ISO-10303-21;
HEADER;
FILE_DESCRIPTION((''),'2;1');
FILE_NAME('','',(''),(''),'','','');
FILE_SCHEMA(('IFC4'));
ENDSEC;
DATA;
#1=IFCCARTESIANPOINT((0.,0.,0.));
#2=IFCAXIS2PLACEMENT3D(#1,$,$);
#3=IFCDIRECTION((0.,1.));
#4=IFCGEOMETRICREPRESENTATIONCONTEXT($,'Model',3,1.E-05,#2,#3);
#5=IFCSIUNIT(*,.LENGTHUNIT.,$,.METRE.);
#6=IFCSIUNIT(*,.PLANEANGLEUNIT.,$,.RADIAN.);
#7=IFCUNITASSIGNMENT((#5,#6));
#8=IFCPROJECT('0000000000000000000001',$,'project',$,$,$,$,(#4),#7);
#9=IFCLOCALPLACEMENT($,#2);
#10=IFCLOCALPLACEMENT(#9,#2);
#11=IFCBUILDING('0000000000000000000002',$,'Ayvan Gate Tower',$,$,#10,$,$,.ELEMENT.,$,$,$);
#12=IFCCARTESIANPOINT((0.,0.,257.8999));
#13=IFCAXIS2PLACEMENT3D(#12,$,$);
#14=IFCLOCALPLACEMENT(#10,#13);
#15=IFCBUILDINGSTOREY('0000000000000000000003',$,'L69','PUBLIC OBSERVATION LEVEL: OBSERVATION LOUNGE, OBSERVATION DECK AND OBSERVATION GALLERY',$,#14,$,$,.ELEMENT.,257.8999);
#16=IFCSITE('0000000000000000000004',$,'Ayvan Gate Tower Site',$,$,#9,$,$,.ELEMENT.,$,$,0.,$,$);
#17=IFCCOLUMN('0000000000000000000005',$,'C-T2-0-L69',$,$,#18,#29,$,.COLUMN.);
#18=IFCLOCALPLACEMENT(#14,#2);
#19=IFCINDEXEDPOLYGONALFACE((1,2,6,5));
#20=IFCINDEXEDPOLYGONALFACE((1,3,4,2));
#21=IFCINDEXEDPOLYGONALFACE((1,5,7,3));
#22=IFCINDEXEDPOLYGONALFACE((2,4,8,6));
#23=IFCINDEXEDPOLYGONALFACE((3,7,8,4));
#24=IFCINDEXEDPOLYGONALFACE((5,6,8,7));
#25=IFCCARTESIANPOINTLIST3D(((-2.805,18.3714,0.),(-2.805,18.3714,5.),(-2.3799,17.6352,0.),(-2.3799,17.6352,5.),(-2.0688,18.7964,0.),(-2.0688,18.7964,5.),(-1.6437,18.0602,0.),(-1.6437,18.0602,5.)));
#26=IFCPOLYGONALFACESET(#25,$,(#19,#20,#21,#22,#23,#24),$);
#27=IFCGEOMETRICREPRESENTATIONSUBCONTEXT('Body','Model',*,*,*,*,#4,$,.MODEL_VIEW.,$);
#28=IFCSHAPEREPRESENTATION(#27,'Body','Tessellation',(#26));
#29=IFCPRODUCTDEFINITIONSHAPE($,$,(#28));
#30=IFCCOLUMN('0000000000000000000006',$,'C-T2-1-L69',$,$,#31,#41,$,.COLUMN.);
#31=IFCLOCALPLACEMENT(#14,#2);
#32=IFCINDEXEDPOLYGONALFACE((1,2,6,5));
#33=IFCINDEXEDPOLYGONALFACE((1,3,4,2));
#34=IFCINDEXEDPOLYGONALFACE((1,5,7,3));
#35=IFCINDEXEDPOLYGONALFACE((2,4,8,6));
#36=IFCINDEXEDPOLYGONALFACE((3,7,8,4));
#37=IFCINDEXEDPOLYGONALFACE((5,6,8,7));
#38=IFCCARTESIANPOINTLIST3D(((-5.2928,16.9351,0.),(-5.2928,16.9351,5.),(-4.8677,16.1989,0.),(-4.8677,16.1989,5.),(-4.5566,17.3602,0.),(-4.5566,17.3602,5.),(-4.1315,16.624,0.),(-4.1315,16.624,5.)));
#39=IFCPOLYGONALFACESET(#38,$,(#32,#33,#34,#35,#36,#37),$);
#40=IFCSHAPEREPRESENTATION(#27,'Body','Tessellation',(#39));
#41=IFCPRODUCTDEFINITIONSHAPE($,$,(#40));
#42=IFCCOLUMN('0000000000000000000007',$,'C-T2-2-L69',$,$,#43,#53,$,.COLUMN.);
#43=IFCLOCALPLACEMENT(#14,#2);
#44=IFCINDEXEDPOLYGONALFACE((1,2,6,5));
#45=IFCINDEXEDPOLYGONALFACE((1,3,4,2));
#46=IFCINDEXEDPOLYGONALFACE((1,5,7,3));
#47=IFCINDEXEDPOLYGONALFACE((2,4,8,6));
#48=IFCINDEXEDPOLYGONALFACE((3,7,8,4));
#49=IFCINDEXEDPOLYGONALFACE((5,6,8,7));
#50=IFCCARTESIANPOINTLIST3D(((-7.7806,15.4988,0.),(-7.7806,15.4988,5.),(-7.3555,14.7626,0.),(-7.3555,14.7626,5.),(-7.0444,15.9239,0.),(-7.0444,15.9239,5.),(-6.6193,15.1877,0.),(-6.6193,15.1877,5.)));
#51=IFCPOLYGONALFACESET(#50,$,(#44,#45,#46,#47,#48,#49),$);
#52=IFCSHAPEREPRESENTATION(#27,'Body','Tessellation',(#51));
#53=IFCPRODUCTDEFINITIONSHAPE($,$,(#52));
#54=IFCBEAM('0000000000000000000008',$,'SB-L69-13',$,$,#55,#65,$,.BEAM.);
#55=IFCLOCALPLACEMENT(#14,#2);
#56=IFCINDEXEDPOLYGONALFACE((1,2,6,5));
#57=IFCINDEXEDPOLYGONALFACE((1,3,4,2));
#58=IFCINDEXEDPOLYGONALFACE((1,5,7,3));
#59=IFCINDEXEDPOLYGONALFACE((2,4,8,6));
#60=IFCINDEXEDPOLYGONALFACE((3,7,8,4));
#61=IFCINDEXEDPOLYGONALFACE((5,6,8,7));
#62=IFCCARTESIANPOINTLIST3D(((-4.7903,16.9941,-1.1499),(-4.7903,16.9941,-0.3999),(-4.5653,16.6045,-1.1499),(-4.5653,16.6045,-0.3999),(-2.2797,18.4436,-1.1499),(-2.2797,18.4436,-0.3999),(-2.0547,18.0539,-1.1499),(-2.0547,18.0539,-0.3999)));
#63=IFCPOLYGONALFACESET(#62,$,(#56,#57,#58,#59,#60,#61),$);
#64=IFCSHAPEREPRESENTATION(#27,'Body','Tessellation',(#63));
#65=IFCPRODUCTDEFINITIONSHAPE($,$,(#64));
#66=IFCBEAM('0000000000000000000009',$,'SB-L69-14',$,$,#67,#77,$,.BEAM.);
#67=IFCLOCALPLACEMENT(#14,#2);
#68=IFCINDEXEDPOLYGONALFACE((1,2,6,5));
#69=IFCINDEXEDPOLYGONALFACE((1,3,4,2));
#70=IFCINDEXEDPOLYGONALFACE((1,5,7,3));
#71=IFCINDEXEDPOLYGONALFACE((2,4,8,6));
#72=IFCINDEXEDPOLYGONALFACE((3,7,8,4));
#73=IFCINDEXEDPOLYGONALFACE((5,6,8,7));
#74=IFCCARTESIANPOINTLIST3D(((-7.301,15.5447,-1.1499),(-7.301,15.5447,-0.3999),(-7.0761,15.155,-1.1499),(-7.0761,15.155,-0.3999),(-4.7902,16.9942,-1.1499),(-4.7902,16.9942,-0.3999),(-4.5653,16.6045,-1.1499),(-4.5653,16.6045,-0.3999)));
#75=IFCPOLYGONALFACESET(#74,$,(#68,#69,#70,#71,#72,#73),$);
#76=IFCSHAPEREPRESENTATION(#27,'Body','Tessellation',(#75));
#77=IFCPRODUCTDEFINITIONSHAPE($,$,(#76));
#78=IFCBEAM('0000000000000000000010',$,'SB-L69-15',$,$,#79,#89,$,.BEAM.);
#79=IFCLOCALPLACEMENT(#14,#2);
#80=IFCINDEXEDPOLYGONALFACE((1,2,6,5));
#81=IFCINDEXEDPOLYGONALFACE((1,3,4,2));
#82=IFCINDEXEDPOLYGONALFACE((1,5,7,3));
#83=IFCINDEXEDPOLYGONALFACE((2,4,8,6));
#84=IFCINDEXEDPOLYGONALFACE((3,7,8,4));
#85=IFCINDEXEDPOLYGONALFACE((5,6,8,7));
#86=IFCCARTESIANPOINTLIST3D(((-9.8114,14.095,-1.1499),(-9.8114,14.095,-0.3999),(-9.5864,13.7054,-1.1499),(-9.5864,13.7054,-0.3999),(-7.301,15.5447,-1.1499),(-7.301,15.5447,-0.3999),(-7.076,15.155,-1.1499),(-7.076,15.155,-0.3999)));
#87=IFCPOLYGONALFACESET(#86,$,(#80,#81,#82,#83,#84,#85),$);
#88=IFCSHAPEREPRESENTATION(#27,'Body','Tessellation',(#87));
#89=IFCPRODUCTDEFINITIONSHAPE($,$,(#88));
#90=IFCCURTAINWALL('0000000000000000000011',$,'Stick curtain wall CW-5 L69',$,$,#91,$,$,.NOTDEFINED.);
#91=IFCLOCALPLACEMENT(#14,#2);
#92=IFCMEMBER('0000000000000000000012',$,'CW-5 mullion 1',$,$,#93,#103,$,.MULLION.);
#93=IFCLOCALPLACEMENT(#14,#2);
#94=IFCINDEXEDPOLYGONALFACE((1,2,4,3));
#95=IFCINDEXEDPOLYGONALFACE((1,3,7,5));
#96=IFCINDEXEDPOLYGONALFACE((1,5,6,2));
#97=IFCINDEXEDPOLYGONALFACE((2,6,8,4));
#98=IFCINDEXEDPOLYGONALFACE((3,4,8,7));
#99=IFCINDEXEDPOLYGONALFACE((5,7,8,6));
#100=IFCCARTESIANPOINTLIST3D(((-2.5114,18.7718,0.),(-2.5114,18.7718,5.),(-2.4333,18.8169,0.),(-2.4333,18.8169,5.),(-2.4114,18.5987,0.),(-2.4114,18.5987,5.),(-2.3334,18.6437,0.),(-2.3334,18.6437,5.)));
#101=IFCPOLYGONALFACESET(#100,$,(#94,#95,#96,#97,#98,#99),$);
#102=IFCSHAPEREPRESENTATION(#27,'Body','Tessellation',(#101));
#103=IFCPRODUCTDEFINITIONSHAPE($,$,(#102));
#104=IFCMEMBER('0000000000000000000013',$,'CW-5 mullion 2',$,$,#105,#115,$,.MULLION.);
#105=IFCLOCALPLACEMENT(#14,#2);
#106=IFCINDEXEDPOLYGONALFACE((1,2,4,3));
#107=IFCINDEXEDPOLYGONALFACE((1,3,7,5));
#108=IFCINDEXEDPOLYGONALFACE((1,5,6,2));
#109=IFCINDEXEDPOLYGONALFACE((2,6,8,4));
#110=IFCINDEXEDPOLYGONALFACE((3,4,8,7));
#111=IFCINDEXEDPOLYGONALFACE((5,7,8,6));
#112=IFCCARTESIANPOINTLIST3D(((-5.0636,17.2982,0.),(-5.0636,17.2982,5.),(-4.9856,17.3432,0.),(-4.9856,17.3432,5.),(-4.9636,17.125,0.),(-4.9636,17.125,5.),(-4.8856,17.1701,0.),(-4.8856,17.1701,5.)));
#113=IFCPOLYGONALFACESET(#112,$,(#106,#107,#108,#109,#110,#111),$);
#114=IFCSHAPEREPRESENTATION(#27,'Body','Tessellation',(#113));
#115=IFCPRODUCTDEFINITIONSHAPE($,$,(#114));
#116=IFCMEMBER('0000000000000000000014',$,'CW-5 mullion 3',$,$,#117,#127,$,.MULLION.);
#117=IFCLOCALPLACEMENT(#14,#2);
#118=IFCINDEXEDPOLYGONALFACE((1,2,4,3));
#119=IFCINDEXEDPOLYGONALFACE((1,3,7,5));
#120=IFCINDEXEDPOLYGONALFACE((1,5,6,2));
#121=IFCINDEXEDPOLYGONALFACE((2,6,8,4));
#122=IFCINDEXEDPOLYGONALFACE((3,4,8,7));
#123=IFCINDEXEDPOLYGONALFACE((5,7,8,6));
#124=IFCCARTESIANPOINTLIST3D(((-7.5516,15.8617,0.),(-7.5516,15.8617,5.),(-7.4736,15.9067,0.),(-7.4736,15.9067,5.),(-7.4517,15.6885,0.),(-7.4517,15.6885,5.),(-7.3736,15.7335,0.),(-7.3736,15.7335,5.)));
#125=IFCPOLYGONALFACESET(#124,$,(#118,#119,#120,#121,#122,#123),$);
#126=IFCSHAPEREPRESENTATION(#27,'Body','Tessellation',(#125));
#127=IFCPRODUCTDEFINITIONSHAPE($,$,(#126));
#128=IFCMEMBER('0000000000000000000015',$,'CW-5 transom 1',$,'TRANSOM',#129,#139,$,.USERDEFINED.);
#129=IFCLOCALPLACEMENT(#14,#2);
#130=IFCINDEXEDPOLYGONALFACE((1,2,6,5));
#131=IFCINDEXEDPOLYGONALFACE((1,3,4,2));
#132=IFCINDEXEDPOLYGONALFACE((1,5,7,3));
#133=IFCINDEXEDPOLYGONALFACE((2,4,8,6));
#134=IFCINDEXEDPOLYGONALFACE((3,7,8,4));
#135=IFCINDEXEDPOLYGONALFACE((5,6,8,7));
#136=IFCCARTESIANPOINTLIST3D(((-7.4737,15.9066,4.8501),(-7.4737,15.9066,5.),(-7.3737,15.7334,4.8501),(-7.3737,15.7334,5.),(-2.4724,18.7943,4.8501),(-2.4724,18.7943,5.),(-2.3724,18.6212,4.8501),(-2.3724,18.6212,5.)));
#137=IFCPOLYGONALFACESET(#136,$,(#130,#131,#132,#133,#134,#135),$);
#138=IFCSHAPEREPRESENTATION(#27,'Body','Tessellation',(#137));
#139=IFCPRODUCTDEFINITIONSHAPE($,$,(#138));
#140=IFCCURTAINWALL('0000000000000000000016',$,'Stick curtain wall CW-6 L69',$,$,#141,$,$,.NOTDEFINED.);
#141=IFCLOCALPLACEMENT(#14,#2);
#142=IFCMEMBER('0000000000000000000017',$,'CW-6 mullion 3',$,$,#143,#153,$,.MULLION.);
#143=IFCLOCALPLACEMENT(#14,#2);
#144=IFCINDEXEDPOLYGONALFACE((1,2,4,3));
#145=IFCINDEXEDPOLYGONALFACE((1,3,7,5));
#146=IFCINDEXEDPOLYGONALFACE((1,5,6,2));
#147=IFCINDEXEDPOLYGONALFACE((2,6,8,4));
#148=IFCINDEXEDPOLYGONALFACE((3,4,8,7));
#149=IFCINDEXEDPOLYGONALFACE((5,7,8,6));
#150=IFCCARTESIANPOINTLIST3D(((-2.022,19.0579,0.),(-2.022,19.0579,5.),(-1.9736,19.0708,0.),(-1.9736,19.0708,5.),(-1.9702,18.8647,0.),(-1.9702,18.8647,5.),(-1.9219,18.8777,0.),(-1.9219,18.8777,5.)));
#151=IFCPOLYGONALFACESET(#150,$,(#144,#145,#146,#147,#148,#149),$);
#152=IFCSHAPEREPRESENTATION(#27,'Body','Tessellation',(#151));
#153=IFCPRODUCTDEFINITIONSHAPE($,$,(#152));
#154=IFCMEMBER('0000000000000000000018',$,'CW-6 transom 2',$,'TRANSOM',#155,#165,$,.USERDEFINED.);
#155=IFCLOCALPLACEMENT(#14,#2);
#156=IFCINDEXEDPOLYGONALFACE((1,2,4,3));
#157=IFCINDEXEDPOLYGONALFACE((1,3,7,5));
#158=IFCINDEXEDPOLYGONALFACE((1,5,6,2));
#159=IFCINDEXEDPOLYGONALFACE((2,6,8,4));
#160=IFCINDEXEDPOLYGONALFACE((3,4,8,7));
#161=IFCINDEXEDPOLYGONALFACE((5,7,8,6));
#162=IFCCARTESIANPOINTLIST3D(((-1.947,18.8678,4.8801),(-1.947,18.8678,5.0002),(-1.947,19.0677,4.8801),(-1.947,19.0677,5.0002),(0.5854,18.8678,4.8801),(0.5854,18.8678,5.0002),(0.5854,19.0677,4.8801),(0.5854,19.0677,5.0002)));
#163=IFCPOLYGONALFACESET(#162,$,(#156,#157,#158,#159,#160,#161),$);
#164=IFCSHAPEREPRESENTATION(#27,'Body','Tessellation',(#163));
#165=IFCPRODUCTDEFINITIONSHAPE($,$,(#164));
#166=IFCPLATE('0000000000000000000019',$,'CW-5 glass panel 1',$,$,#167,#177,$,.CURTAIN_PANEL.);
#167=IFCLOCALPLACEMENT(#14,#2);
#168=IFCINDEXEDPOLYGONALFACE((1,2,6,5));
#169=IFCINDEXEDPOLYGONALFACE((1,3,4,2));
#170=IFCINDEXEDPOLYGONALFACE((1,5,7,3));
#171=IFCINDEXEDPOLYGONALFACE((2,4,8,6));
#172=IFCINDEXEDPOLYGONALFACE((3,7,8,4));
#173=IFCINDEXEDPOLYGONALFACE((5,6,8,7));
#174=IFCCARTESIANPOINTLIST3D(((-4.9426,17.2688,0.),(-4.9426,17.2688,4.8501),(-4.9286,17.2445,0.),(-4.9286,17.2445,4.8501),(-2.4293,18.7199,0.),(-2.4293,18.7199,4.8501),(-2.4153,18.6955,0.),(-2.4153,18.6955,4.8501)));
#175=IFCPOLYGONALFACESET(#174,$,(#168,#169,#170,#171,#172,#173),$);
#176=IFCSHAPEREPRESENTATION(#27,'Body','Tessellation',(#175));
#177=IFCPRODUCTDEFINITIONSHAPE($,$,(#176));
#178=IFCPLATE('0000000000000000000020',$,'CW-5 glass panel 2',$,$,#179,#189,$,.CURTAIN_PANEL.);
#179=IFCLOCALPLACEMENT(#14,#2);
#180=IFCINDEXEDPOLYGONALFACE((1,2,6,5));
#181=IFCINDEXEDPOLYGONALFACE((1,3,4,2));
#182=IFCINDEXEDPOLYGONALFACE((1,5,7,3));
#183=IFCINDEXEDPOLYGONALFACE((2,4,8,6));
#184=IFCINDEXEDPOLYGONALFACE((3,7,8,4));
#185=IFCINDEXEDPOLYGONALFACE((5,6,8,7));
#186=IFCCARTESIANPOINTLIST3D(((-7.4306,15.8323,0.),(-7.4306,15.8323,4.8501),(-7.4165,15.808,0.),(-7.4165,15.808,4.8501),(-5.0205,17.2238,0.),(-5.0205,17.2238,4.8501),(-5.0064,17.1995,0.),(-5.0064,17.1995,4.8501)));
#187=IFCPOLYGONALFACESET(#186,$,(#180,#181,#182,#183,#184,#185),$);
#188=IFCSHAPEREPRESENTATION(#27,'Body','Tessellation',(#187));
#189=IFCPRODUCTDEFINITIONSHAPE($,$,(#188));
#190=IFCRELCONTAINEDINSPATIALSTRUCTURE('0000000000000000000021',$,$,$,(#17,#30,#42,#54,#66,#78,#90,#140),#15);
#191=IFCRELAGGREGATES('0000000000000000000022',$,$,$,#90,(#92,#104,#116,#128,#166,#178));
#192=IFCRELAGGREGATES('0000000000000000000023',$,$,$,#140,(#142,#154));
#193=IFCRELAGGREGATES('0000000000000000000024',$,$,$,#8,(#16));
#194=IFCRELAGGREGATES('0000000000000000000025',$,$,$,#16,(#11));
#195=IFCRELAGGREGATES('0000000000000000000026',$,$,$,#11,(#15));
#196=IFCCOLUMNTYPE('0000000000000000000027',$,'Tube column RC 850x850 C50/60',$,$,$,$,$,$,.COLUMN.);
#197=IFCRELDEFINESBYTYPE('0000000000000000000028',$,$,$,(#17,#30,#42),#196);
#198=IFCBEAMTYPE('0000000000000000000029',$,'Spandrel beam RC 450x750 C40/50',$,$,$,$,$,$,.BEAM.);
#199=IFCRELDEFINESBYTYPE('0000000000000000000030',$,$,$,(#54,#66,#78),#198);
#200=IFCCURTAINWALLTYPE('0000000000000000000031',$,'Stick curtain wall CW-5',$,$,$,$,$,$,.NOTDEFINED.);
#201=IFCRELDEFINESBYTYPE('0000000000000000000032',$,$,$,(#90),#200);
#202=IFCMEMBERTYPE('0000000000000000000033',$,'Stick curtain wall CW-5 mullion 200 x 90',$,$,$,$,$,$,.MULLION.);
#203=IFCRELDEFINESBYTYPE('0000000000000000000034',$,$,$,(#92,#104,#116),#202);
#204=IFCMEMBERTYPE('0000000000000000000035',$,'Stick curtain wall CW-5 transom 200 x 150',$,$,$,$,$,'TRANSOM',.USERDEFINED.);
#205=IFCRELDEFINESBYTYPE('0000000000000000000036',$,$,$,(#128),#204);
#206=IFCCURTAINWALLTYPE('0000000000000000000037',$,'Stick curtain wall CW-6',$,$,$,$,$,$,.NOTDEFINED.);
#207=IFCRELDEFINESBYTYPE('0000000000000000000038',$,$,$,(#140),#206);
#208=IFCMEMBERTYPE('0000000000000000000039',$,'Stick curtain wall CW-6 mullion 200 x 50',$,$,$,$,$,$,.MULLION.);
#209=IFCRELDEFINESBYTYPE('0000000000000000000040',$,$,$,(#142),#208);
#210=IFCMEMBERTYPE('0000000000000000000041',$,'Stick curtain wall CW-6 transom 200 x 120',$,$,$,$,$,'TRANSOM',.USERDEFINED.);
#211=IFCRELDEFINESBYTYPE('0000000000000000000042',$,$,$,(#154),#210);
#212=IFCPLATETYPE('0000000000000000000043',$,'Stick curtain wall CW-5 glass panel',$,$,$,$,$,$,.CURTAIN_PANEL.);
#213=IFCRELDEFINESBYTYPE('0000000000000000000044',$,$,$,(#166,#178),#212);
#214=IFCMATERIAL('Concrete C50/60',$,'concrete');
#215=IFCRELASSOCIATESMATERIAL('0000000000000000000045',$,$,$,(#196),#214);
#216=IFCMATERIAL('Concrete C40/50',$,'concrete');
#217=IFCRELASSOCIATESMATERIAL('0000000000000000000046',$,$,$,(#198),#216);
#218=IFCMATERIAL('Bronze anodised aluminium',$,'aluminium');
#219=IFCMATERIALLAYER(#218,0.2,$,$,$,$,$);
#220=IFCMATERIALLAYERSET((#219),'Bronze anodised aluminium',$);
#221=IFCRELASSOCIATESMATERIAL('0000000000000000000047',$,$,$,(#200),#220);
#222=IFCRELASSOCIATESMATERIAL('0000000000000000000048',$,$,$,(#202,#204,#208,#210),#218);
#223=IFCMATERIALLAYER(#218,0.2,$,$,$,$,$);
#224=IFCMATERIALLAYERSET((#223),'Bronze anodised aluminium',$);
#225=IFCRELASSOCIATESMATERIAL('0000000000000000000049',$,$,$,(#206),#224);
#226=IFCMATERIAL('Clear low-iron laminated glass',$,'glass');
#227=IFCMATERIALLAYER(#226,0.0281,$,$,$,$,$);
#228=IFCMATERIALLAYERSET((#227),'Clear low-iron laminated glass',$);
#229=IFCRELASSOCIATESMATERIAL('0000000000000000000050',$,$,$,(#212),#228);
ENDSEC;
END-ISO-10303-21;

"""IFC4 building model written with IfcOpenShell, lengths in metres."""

from ifc_helpers import new_model, si_unit, direction, frame, origin, origin_2d, place, context, subcontext, project, spatial, rectangle, extrude, material, layer, layer_set, material_profile, profile_set, type_object, element, aggregate, save


model = new_model("IFC4")

# Units and contexts
model_context = context("Model", 3, precision=1e-05, world=origin(), true_north=direction((0.0, 1.0)))
body_context = subcontext(model_context, "Body", "Model", "MODEL_VIEW")
ifc_project = project(units=[si_unit("LENGTHUNIT", "METRE"), si_unit("PLANEANGLEUNIT", "RADIAN")], contexts=[model_context])

# Site, building, storey
site_placement = place(None, origin())
site = spatial("IfcSite", under=ifc_project, at=site_placement, Name="Ayvan Gate Tower Site", CompositionType="ELEMENT", RefElevation=0.0)
building_placement = place(site_placement, origin())
building = spatial("IfcBuilding", under=site, at=building_placement, Name="Ayvan Gate Tower", CompositionType="ELEMENT")
storey_placement = place(building_placement, frame((0.0, 0.0, 257.8999)))
storey = spatial("IfcBuildingStorey", under=building, at=storey_placement, Name="L69", Description="PUBLIC OBSERVATION LEVEL: OBSERVATION LOUNGE, OBSERVATION DECK AND OBSERVATION GALLERY", CompositionType="ELEMENT", Elevation=257.8999)

# Columns
ifc_material_1 = material(Name="Concrete C50/60", Category="concrete")
ifc_material_profile_1 = material_profile(ifc_material_1, rectangle(XDim=0.8501, YDim=0.8501, at=origin_2d()), Name="RC 850x850")
ifc_profile_set_1 = profile_set([ifc_material_profile_1], Name="Concrete C50/60")
column_type = type_object("IfcColumnType", Name="Tube column RC 850x850 C50/60", PredefinedType="COLUMN", material=ifc_profile_set_1)
for number, where, z_axis, x_axis, name in (
    (1, (-2.2244, 18.2158, 0.0), (0.0, 0.0, 1.0), (-0.5, 0.866025, 0.0), "C-T2-0-L69"),
    (2, (-4.7122, 16.7795, 0.0), (0.0, 0.0, 1.0), (-0.5, 0.866025, 0.0), "C-T2-1-L69"),
    (3, (-7.2, 15.3433, 0.0), (0.0, 0.0, 1.0), (-0.5, 0.866025, 0.0), "C-T2-2-L69"),
):
    element("IfcColumn", number, at=place(storey_placement, frame(where, z_axis=z_axis, x_axis=x_axis)), inside=storey, type_object=column_type, Name=name, PredefinedType="COLUMN", context=body_context, shape_type="SweptSolid", body=[
        extrude(rectangle(XDim=0.8501, YDim=0.8501, at=origin_2d()), origin(), (0.0, 0.0, 1.0), 5.0),
    ])

# Beams
ifc_material_2 = material(Name="Concrete C40/50", Category="concrete")
ifc_material_profile_2 = material_profile(ifc_material_2, rectangle(XDim=0.45, YDim=0.75, at=origin_2d()), Name="RC 450x750")
ifc_profile_set_2 = profile_set([ifc_material_profile_2], Name="Concrete C40/50")
beam_type = type_object("IfcBeamType", Name="Spandrel beam RC 450x750 C40/50", PredefinedType="BEAM", material=ifc_profile_set_2)
beam_1_placement = place(storey_placement, frame((-2.1672, 18.2488, -0.7749), z_axis=(-0.866021, -0.500007, 0.0), x_axis=(0.500007, -0.866021, 0.0)))
element("IfcBeam", 4, at=beam_1_placement, inside=storey, type_object=beam_type, Name="SB-L69-13", PredefinedType="BEAM", context=body_context, shape_type="SweptSolid", body=[
    extrude(rectangle(XDim=0.45, YDim=0.75, at=origin_2d()), origin(), (0.0, 0.0, 1.0), 2.8989),
])
beam_2_placement = place(storey_placement, frame((-4.6777, 16.7993, -0.7749), z_axis=(-0.866043, -0.49997, 0.0), x_axis=(0.49997, -0.866043, 0.0)))
element("IfcBeam", 5, at=beam_2_placement, inside=storey, type_object=beam_type, Name="SB-L69-14", PredefinedType="BEAM", context=body_context, shape_type="SweptSolid", body=[
    extrude(rectangle(XDim=0.45, YDim=0.75, at=origin_2d()), origin(), (0.0, 0.0, 1.0), 2.8992),
])
beam_3_placement = place(storey_placement, frame((-7.1885, 15.3499, -0.7749), z_axis=(-0.865985, -0.50007, 0.0), x_axis=(0.50007, -0.865985, 0.0)))
element("IfcBeam", 6, at=beam_3_placement, inside=storey, type_object=beam_type, Name="SB-L69-15", PredefinedType="BEAM", context=body_context, shape_type="SweptSolid", body=[
    extrude(rectangle(XDim=0.45, YDim=0.75, at=origin_2d()), origin(), (0.0, 0.0, 1.0), 2.8989),
])

# Curtain walls, members
ifc_material_3 = material(Name="Bronze anodised aluminium", Category="aluminium")
ifc_layer_1 = layer(ifc_material_3, 0.2)
ifc_layer_set_1 = layer_set([ifc_layer_1], Name="Bronze anodised aluminium")
curtain_wall_type_1 = type_object("IfcCurtainWallType", Name="Stick curtain wall CW-5", PredefinedType="NOTDEFINED", material=ifc_layer_set_1)
curtain_wall_1_placement = place(storey_placement, origin())
curtain_wall_1 = element("IfcCurtainWall", 7, at=curtain_wall_1_placement, inside=storey, type_object=curtain_wall_type_1, Name="Stick curtain wall CW-5 L69", PredefinedType="NOTDEFINED")
ifc_material_profile_3 = material_profile(ifc_material_3, rectangle(XDim=0.2, YDim=0.0901, at=origin_2d()), Name="Stick curtain wall CW-5 mullion 200 x 90")
ifc_profile_set_3 = profile_set([ifc_material_profile_3], Name="Bronze anodised aluminium")
member_type_1 = type_object("IfcMemberType", Name="Stick curtain wall CW-5 mullion 200 x 90", PredefinedType="MULLION", material=ifc_profile_set_3)
member_1_placement = place(storey_placement, frame((-2.4224, 18.7078, 0.0), z_axis=(0.0, 0.0, 1.0), x_axis=(-0.5, 0.866025, 0.0)))
member_1 = element("IfcMember", 8, at=member_1_placement, type_object=member_type_1, Name="CW-5 mullion 1", PredefinedType="MULLION", context=body_context, shape_type="SweptSolid", body=[
    extrude(rectangle(XDim=0.2, YDim=0.0901, at=origin_2d()), origin(), (0.0, 0.0, 1.0), 5.0),
])
member_2_placement = place(storey_placement, frame((-4.9746, 17.2341, 0.0), z_axis=(0.0, 0.0, 1.0), x_axis=(-0.5, 0.866025, 0.0)))
member_2 = element("IfcMember", 9, at=member_2_placement, type_object=member_type_1, Name="CW-5 mullion 2", PredefinedType="MULLION", context=body_context, shape_type="SweptSolid", body=[
    extrude(rectangle(XDim=0.2, YDim=0.0901, at=origin_2d()), origin(), (0.0, 0.0, 1.0), 5.0),
])
member_3_placement = place(storey_placement, frame((-7.4626, 15.7976, 0.0), z_axis=(0.0, 0.0, 1.0), x_axis=(-0.5, 0.866025, 0.0)))
member_3 = element("IfcMember", 10, at=member_3_placement, type_object=member_type_1, Name="CW-5 mullion 3", PredefinedType="MULLION", context=body_context, shape_type="SweptSolid", body=[
    extrude(rectangle(XDim=0.2, YDim=0.0901, at=origin_2d()), origin(), (0.0, 0.0, 1.0), 5.0),
])
ifc_material_profile_4 = material_profile(ifc_material_3, rectangle(XDim=0.2, YDim=0.1499, at=origin_2d()), Name="Stick curtain wall CW-5 transom 200 x 150")
ifc_profile_set_4 = profile_set([ifc_material_profile_4], Name="Bronze anodised aluminium")
member_type_2 = type_object("IfcMemberType", Name="Stick curtain wall CW-5 transom 200 x 150", ElementType="TRANSOM", PredefinedType="USERDEFINED", material=ifc_profile_set_4)
member_4_placement = place(storey_placement, frame((-2.4224, 18.7078, 4.925), z_axis=(-0.866007, -0.500031, 0.0), x_axis=(0.500031, -0.866007, 0.0)))
member_4 = element("IfcMember", 11, at=member_4_placement, type_object=member_type_2, Name="CW-5 transom 1", ObjectType="TRANSOM", PredefinedType="USERDEFINED", context=body_context, shape_type="SweptSolid", body=[
    extrude(rectangle(XDim=0.2, YDim=0.1499, at=origin_2d()), origin(), (0.0, 0.0, 1.0), 5.7751),
])
ifc_layer_2 = layer(ifc_material_3, 0.2)
ifc_layer_set_2 = layer_set([ifc_layer_2], Name="Bronze anodised aluminium")
curtain_wall_type_2 = type_object("IfcCurtainWallType", Name="Stick curtain wall CW-6", PredefinedType="NOTDEFINED", material=ifc_layer_set_2)
curtain_wall_2_placement = place(storey_placement, origin())
curtain_wall_2 = element("IfcCurtainWall", 12, at=curtain_wall_2_placement, inside=storey, type_object=curtain_wall_type_2, Name="Stick curtain wall CW-6 L69", PredefinedType="NOTDEFINED")
ifc_material_profile_5 = material_profile(ifc_material_3, rectangle(XDim=0.2, YDim=0.05, at=origin_2d()), Name="Stick curtain wall CW-6 mullion 200 x 50")
ifc_profile_set_5 = profile_set([ifc_material_profile_5], Name="Bronze anodised aluminium")
member_type_3 = type_object("IfcMemberType", Name="Stick curtain wall CW-6 mullion 200 x 50", PredefinedType="MULLION", material=ifc_profile_set_5)
member_5_placement = place(storey_placement, frame((-1.9719, 18.9678, 0.0), z_axis=(0.0, 0.0, 1.0), x_axis=(-0.258819, 0.965926, 0.0)))
member_5 = element("IfcMember", 13, at=member_5_placement, type_object=member_type_3, Name="CW-6 mullion 3", PredefinedType="MULLION", context=body_context, shape_type="SweptSolid", body=[
    extrude(rectangle(XDim=0.2, YDim=0.05, at=origin_2d()), origin(), (0.0, 0.0, 1.0), 5.0),
])
ifc_material_profile_6 = material_profile(ifc_material_3, rectangle(XDim=0.2, YDim=0.1201, at=origin_2d()), Name="Stick curtain wall CW-6 transom 200 x 120")
ifc_profile_set_6 = profile_set([ifc_material_profile_6], Name="Bronze anodised aluminium")
member_type_4 = type_object("IfcMemberType", Name="Stick curtain wall CW-6 transom 200 x 120", ElementType="TRANSOM", PredefinedType="USERDEFINED", material=ifc_profile_set_6)
member_6_placement = place(storey_placement, frame((0.5854, 18.9678, 4.9402), z_axis=(-1.0, 0.0, 0.0), x_axis=(0.0, -1.0, 0.0)))
member_6 = element("IfcMember", 14, at=member_6_placement, type_object=member_type_4, Name="CW-6 transom 2", ObjectType="TRANSOM", PredefinedType="USERDEFINED", context=body_context, shape_type="SweptSolid", body=[
    extrude(rectangle(XDim=0.2, YDim=0.1201, at=origin_2d()), origin(), (0.0, 0.0, 1.0), 2.5325),
])

# Plates
ifc_material_4 = material(Name="Clear low-iron laminated glass", Category="glass")
ifc_layer_3 = layer(ifc_material_4, 0.0281)
ifc_layer_set_3 = layer_set([ifc_layer_3], Name="Clear low-iron laminated glass")
plate_type_1 = type_object("IfcPlateType", Name="Stick curtain wall CW-5 glass panel", PredefinedType="CURTAIN_PANEL", material=ifc_layer_set_3)
plate_1_placement = place(storey_placement, frame((-3.679, 17.9822, 0.0), z_axis=(0.0, 0.0, 1.0), x_axis=(-0.866025, -0.5, 0.0)))
plate_1 = element("IfcPlate", 15, at=plate_1_placement, type_object=plate_type_1, Name="CW-5 glass panel 1", PredefinedType="CURTAIN_PANEL", context=body_context, shape_type="SweptSolid", body=[
    extrude(rectangle(XDim=2.9021, YDim=0.0281, at=origin_2d()), origin(), (0.0, 0.0, 1.0), 4.8501),
])
plate_2_placement = place(storey_placement, frame((-6.2185, 16.5159, 0.0), z_axis=(0.0, 0.0, 1.0), x_axis=(-0.866025, -0.5, 0.0)))
plate_2 = element("IfcPlate", 16, at=plate_2_placement, type_object=plate_type_1, Name="CW-5 glass panel 2", PredefinedType="CURTAIN_PANEL", context=body_context, shape_type="SweptSolid", body=[
    extrude(rectangle(XDim=2.783, YDim=0.0281, at=origin_2d()), origin(), (0.0, 0.0, 1.0), 4.8501),
])
aggregate(curtain_wall_1, [member_1, member_2, member_3, member_4, plate_1, plate_2])
aggregate(curtain_wall_2, [member_5, member_6])

save(model, "model.ifc")
